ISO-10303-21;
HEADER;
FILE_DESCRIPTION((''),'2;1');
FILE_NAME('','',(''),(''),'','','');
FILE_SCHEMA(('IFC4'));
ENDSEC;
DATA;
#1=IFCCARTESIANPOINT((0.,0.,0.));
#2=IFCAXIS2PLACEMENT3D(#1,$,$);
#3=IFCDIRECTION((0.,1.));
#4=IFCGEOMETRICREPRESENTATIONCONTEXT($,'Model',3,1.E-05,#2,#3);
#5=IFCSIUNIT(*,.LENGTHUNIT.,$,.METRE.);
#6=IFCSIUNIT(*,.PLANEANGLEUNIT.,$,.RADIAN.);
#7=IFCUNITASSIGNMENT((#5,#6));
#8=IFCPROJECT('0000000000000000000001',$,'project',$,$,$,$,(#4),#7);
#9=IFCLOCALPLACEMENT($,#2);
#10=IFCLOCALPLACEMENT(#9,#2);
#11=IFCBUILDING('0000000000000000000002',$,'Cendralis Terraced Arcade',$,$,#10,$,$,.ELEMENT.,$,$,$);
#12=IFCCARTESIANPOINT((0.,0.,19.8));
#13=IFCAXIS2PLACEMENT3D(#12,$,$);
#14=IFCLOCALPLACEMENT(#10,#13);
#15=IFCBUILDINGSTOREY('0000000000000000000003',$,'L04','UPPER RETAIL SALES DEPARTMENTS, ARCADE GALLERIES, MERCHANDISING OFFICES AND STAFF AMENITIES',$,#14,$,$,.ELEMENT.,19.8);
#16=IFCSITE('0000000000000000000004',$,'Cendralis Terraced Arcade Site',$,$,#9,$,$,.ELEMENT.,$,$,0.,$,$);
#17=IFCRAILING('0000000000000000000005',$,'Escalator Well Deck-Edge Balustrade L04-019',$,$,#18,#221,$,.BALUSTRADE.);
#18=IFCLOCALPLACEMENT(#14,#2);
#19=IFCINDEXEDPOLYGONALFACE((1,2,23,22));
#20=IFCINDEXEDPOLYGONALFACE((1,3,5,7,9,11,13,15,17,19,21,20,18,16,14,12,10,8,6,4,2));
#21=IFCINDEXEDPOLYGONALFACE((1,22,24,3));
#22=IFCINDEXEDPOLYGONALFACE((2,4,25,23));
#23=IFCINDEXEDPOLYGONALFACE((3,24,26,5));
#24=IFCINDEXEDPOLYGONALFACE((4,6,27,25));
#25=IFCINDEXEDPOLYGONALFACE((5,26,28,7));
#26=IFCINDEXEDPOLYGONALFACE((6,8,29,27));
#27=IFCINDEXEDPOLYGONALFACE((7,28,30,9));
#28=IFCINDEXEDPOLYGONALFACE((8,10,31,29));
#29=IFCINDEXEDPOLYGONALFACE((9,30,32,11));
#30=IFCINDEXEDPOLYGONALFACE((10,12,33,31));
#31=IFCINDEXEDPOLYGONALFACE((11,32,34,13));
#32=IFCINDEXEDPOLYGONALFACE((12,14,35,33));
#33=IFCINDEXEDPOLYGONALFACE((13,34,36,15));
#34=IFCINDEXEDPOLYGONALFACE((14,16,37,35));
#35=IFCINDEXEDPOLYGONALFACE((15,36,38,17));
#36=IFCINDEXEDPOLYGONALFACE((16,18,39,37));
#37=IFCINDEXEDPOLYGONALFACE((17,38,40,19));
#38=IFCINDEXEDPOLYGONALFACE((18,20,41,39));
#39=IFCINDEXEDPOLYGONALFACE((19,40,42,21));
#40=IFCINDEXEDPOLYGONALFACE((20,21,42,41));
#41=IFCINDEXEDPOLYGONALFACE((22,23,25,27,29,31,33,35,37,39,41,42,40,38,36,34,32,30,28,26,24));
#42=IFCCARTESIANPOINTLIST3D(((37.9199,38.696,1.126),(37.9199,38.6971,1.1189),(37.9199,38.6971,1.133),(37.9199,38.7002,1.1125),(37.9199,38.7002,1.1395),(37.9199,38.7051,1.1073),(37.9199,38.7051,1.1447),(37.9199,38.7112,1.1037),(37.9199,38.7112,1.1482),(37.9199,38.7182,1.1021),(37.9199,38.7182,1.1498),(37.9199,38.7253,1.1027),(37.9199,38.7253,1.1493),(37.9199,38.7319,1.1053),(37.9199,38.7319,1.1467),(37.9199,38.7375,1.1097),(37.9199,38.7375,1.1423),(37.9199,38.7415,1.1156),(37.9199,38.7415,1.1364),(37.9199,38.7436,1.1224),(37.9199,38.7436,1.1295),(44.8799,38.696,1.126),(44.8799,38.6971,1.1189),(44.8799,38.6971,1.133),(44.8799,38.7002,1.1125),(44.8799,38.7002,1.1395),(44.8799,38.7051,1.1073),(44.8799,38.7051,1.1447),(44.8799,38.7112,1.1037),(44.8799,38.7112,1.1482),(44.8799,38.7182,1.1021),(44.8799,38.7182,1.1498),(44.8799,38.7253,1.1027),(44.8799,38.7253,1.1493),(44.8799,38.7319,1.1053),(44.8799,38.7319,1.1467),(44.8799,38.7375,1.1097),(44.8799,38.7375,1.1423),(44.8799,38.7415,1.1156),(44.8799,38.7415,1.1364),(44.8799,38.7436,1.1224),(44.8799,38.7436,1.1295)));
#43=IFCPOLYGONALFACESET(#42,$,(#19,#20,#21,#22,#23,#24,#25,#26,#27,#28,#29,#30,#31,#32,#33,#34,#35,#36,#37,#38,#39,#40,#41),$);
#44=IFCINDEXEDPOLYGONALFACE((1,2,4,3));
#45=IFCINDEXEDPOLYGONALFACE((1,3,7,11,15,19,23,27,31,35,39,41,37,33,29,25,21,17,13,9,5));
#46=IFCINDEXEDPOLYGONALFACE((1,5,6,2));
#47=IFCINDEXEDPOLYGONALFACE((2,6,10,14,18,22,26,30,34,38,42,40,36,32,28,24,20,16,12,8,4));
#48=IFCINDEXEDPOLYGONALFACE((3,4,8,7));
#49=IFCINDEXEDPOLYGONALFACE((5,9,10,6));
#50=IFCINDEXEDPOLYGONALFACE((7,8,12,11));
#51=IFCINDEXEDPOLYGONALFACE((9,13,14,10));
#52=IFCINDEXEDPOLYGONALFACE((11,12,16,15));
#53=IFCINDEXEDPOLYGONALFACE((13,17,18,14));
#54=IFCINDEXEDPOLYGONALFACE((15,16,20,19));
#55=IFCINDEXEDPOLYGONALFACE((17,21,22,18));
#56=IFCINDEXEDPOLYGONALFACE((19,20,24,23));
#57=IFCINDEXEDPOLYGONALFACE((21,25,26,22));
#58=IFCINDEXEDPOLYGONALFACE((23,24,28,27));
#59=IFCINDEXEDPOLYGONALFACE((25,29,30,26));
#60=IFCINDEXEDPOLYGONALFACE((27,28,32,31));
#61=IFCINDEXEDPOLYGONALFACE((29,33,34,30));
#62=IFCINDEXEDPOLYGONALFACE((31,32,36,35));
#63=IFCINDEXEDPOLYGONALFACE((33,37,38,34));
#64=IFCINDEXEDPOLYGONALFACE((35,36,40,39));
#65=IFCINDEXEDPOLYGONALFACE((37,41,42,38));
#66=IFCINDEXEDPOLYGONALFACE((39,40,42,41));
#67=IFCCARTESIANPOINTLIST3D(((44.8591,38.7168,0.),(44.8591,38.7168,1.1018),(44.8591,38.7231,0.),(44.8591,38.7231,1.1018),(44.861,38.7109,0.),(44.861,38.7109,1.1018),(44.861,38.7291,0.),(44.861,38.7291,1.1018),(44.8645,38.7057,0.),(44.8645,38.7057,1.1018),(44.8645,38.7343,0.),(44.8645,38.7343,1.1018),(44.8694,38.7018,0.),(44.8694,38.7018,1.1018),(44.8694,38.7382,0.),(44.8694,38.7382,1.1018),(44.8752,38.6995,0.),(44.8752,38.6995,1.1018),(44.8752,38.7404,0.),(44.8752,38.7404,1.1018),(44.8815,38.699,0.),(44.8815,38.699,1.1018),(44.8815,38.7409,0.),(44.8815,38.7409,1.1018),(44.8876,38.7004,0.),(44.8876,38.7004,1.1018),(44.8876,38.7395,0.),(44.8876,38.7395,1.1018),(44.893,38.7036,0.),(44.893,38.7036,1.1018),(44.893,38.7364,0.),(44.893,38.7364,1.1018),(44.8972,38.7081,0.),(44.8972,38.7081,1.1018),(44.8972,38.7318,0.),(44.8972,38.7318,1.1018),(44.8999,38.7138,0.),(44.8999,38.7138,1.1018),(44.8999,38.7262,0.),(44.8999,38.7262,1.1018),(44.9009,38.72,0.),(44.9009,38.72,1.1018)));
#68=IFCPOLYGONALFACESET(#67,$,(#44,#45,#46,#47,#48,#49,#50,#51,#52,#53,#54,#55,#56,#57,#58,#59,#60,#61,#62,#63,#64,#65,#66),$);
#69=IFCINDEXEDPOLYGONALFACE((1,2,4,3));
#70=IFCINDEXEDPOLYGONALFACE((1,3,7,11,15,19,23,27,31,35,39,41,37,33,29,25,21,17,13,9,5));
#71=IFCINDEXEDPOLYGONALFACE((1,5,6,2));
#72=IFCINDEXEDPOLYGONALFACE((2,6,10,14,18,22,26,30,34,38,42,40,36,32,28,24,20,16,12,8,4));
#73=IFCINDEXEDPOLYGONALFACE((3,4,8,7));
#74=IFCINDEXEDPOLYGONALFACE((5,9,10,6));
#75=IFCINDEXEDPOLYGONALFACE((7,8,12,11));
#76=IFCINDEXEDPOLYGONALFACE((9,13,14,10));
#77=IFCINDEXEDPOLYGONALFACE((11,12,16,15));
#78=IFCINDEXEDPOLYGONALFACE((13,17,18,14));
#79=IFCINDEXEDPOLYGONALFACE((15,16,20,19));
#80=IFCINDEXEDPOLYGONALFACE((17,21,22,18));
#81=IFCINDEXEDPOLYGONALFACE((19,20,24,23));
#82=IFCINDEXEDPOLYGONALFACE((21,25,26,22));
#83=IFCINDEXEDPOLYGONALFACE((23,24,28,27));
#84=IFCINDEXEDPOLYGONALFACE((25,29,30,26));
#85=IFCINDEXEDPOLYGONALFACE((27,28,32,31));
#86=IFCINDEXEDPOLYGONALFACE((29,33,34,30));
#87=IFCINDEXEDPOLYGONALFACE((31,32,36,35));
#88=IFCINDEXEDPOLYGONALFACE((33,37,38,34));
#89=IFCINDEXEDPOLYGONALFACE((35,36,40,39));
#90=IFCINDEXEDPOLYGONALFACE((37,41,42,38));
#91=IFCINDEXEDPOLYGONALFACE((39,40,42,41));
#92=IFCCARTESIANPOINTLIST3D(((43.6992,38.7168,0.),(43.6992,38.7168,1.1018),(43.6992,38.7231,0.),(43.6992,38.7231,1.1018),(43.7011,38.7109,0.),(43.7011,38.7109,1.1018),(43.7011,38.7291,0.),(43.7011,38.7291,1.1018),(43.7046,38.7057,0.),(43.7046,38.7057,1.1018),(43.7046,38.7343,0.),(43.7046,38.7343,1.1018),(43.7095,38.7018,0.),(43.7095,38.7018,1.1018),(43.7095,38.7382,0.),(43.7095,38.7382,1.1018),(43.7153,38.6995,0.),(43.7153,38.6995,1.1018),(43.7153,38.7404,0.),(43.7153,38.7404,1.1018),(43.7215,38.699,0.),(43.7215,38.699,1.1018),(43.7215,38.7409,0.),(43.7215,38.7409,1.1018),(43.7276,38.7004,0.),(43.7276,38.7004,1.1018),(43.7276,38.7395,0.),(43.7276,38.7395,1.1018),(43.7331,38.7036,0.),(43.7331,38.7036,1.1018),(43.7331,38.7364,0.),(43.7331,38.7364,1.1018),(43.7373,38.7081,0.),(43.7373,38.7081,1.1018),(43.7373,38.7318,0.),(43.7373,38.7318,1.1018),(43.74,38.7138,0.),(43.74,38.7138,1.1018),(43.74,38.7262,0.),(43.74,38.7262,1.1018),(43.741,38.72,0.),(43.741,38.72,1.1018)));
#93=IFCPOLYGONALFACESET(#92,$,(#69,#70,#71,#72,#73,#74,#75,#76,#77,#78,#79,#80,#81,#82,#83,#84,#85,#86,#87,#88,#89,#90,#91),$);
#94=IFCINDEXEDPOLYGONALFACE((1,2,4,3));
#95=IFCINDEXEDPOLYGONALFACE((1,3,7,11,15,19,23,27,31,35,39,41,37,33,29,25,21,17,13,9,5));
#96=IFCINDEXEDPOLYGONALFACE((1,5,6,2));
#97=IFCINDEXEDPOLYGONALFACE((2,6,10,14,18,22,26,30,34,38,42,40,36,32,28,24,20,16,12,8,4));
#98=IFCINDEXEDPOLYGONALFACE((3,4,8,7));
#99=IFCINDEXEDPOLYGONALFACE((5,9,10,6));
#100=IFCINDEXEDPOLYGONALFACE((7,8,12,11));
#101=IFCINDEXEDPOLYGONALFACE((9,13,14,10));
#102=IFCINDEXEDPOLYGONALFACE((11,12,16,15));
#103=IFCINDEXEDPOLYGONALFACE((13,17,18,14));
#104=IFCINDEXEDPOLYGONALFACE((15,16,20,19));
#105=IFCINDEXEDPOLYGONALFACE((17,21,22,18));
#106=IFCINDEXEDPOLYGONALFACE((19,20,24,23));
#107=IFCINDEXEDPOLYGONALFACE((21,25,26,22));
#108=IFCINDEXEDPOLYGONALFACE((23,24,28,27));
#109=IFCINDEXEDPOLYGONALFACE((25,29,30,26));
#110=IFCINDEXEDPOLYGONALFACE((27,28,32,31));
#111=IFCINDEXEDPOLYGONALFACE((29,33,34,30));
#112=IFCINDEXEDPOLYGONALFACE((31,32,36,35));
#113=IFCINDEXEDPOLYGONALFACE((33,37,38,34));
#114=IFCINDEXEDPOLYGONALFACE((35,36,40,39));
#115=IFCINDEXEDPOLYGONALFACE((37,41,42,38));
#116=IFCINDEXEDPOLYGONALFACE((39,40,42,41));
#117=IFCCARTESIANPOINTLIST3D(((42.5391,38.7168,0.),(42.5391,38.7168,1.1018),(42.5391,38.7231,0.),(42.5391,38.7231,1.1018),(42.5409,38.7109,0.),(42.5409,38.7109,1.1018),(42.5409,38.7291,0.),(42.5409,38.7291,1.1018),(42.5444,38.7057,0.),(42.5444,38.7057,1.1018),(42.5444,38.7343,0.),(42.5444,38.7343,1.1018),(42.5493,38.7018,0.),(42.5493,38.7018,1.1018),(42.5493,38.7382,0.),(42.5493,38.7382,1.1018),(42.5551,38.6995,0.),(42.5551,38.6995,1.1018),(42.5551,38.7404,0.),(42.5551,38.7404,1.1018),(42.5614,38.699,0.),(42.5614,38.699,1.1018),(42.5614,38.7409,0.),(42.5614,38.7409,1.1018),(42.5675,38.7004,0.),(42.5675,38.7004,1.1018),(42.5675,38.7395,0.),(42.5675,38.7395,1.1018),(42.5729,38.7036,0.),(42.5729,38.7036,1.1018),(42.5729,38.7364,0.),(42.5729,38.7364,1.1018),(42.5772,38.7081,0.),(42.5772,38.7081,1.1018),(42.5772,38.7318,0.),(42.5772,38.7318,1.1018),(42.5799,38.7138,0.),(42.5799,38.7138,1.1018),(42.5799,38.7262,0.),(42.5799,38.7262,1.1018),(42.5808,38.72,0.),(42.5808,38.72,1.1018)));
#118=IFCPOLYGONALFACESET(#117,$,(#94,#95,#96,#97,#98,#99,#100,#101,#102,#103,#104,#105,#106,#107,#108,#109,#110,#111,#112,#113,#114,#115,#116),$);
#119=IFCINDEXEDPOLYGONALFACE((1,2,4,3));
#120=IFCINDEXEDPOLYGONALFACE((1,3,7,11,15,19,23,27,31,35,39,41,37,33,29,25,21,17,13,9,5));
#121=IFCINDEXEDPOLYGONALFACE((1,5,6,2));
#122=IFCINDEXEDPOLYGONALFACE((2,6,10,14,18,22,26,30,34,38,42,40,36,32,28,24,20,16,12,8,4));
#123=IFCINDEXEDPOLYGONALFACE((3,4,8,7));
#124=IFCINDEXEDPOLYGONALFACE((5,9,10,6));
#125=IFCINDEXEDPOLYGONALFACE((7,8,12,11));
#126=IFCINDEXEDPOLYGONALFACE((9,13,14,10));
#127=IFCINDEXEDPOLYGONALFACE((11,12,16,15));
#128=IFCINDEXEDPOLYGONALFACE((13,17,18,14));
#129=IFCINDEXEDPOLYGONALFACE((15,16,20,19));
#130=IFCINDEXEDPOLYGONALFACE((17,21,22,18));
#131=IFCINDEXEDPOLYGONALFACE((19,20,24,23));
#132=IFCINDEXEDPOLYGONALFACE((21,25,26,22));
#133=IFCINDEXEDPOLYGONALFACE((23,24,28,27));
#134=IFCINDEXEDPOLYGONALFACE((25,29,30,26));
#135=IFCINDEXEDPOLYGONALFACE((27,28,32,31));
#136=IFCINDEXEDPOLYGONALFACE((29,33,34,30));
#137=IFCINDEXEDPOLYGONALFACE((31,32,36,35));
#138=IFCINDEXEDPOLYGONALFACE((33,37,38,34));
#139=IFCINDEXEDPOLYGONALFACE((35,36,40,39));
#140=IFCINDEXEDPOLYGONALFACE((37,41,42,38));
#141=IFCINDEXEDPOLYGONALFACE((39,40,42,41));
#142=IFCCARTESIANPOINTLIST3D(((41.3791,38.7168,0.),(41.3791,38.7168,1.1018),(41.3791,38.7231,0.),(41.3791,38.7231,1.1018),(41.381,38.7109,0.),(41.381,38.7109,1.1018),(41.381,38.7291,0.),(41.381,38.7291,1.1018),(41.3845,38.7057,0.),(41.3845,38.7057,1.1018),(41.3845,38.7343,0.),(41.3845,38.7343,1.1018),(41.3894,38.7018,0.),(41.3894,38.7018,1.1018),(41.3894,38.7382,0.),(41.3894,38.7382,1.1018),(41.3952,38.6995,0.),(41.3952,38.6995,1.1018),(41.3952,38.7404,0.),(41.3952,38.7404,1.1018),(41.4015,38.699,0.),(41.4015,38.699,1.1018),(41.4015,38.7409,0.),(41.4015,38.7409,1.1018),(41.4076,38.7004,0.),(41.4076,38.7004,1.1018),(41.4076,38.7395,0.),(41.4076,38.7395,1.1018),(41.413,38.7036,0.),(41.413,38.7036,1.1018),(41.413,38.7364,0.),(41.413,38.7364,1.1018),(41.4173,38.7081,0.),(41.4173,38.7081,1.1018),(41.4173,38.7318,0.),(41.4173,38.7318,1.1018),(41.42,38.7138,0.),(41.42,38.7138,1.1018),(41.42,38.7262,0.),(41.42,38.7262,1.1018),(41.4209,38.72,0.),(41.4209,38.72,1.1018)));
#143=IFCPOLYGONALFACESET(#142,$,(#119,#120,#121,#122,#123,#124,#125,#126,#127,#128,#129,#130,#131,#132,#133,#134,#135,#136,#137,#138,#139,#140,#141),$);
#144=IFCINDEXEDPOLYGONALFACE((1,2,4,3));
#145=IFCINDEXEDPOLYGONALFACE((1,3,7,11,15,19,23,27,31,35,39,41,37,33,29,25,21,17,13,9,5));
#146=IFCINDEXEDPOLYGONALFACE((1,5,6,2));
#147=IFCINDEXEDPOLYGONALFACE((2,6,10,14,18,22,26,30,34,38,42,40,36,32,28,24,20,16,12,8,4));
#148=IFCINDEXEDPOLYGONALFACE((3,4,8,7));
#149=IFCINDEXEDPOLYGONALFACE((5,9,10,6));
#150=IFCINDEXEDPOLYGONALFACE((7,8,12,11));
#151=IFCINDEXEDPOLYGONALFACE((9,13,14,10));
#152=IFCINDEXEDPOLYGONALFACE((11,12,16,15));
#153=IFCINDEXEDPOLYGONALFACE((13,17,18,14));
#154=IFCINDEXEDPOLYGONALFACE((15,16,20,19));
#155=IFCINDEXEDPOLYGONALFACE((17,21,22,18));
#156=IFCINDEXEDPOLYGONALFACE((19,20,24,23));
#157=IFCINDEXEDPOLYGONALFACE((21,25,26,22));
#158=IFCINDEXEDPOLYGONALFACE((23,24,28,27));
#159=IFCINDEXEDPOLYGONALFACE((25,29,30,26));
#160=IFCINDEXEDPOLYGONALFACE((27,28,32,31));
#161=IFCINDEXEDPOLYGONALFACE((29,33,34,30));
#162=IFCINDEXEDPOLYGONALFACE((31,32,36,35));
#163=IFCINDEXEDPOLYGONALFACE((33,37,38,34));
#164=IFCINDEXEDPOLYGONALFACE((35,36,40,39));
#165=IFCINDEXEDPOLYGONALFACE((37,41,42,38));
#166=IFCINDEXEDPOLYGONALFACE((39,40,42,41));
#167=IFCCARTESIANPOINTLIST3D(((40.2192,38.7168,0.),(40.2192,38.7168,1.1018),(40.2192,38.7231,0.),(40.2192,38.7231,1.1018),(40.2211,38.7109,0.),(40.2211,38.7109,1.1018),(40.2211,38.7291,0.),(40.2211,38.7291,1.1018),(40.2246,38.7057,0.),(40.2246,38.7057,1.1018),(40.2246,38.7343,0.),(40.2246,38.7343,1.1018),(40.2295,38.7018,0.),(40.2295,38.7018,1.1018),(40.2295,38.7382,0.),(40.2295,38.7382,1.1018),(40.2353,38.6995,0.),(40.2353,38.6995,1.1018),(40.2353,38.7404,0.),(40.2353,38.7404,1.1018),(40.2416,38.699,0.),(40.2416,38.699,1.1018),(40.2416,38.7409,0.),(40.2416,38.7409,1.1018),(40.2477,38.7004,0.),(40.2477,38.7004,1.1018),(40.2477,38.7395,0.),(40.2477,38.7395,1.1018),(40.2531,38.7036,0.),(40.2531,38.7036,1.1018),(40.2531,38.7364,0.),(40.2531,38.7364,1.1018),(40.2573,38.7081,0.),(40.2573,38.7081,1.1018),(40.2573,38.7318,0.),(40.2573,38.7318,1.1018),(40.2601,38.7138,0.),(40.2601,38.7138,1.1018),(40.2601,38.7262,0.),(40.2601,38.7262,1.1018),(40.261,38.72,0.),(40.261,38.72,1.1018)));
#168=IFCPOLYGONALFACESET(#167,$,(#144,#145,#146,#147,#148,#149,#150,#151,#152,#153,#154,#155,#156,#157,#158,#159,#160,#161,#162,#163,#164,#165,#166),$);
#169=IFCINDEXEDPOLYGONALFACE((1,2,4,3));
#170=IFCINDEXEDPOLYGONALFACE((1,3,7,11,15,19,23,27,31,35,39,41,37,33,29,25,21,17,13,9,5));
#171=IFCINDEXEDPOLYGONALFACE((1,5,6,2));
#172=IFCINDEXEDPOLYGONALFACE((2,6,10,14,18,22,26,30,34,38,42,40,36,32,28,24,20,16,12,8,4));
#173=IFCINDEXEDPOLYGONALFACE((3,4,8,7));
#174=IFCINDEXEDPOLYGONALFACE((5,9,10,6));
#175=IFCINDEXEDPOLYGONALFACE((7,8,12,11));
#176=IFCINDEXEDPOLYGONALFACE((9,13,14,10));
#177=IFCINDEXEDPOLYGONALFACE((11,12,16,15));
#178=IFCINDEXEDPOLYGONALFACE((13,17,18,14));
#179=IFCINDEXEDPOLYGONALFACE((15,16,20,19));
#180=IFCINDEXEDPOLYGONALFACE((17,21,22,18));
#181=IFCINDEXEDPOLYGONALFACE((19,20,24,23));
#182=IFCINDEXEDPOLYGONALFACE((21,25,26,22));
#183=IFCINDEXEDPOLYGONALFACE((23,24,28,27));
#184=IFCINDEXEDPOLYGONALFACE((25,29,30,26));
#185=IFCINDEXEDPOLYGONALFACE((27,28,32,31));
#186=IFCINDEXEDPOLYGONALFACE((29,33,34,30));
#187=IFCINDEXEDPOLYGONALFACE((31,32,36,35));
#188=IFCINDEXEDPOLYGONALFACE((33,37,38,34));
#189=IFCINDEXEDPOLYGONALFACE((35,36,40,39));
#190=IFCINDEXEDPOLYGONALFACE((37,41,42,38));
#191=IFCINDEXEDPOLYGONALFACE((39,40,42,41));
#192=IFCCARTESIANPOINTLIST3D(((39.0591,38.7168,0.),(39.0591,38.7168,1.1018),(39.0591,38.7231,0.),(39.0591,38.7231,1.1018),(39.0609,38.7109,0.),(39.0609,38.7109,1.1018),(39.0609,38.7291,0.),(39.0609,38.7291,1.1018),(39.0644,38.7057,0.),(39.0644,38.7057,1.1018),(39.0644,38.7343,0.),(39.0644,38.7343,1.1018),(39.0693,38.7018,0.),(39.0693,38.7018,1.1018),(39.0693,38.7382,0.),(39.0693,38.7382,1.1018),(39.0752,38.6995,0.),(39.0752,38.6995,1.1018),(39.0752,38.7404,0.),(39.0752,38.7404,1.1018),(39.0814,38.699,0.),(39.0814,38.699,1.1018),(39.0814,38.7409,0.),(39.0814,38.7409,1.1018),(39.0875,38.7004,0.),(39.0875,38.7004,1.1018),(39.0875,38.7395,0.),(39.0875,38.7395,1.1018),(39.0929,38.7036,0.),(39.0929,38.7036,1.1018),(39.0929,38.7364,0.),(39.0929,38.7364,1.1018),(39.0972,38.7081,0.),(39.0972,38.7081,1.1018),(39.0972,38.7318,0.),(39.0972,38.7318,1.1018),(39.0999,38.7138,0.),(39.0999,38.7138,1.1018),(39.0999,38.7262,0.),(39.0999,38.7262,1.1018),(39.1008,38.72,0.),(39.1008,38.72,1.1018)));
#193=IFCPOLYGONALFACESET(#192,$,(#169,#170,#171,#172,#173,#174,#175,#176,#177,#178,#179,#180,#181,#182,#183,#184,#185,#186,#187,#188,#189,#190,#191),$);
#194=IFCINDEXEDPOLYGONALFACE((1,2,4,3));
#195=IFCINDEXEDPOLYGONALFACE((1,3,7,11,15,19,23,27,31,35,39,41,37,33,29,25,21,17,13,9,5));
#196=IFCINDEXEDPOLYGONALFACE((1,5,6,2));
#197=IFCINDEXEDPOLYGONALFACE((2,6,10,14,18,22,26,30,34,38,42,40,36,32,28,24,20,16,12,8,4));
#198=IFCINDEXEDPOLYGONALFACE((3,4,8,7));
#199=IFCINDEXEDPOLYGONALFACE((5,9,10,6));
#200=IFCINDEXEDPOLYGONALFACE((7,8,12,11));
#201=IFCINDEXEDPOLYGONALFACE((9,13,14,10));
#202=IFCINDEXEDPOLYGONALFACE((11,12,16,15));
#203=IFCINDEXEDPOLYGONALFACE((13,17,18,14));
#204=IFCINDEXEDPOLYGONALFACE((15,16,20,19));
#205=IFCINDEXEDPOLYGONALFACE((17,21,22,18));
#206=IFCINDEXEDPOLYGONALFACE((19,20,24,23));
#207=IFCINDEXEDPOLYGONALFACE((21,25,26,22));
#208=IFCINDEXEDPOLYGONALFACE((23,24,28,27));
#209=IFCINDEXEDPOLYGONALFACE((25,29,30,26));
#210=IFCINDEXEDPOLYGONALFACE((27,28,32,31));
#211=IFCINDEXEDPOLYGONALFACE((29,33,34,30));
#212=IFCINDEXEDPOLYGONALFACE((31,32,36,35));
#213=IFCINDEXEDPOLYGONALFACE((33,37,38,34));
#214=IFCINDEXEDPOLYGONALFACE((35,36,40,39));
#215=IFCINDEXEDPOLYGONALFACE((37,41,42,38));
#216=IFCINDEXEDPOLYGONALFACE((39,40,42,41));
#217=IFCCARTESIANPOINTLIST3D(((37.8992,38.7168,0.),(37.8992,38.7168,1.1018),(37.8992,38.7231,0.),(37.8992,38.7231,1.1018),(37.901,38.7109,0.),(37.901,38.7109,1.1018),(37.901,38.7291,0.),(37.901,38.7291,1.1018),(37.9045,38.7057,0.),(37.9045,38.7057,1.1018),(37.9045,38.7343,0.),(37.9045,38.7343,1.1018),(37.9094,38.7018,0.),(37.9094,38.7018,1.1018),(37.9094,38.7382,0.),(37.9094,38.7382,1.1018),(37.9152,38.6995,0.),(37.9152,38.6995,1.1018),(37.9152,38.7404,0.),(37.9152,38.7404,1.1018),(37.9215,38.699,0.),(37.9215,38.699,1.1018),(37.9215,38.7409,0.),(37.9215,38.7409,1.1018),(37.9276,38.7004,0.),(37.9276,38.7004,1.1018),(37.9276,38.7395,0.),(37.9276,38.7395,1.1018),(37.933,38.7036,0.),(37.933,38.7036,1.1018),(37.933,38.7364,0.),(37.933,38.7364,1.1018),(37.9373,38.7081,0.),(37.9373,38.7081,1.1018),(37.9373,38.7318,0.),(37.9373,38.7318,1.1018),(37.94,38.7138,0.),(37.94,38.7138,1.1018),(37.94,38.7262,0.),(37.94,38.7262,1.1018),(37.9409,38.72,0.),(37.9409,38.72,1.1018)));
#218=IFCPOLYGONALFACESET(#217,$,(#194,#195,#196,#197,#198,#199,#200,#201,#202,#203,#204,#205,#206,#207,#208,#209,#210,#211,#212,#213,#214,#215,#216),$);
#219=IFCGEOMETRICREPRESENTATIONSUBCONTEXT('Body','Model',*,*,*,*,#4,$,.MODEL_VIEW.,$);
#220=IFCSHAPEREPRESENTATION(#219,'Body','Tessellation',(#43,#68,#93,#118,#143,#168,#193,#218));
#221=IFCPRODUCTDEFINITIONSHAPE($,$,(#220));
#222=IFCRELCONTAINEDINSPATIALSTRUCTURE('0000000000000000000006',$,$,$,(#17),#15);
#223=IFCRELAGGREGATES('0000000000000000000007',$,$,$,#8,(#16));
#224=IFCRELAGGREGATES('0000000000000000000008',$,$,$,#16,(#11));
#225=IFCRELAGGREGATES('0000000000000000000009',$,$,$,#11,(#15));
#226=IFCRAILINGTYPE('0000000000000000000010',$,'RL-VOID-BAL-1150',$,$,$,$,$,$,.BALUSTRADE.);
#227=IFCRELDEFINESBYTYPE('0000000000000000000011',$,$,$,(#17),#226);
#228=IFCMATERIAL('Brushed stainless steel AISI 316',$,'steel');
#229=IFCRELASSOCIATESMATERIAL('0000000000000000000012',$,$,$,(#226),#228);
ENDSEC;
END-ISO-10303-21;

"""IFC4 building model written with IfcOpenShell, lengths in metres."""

from ifc_helpers import new_model, si_unit, direction, frame, origin, origin_2d, place, context, subcontext, project, spatial, circle, extrude, material, type_object, element, save


model = new_model("IFC4")

# Units and contexts
model_context = context("Model", 3, precision=1e-05, world=origin(), true_north=direction((0.0, 1.0)))
body_context = subcontext(model_context, "Body", "Model", "MODEL_VIEW")
ifc_project = project(units=[si_unit("LENGTHUNIT", "METRE"), si_unit("PLANEANGLEUNIT", "RADIAN")], contexts=[model_context])

# Site, building, storey
site_placement = place(None, origin())
site = spatial("IfcSite", under=ifc_project, at=site_placement, Name="Cendralis Terraced Arcade Site", CompositionType="ELEMENT", RefElevation=0.0)
building_placement = place(site_placement, origin())
building = spatial("IfcBuilding", under=site, at=building_placement, Name="Cendralis Terraced Arcade", CompositionType="ELEMENT")
storey_placement = place(building_placement, frame((0.0, 0.0, 19.8)))
storey = spatial("IfcBuildingStorey", under=building, at=storey_placement, Name="L04", Description="UPPER RETAIL SALES DEPARTMENTS, ARCADE GALLERIES, MERCHANDISING OFFICES AND STAFF AMENITIES", CompositionType="ELEMENT", Elevation=19.8)

# Railing
ifc_material_1 = material(Name="Brushed stainless steel AISI 316", Category="steel")
railing_type_1 = type_object("IfcRailingType", Name="RL-VOID-BAL-1150", PredefinedType="BALUSTRADE", material=ifc_material_1)
railing_1_placement = place(storey_placement, frame((44.8799, 38.72, 0.0)))
element("IfcRailing", 1, at=railing_1_placement, inside=storey, type_object=railing_type_1, Name="Escalator Well Deck-Edge Balustrade L04-019", PredefinedType="BALUSTRADE", context=body_context, shape_type="SweptSolid", body=[
    extrude(circle(Radius=0.0239, at=origin_2d()), frame((0.0, 0.0, 1.126), z_axis=(-1.0, 0.0, 0.0), x_axis=(0.0, -1.0, 0.0)), (0.0, 0.0, 1.0), 6.96),
    extrude(circle(Radius=0.021, at=origin_2d()), origin(), (0.0, 0.0, 1.0), 1.1018),
    extrude(circle(Radius=0.021, at=origin_2d()), frame((-1.1599, 0.0, 0.0)), (0.0, 0.0, 1.0), 1.1018),
    extrude(circle(Radius=0.021, at=origin_2d()), frame((-2.3201, 0.0, 0.0)), (0.0, 0.0, 1.0), 1.1018),
    extrude(circle(Radius=0.021, at=origin_2d()), frame((-3.48, 0.0, 0.0)), (0.0, 0.0, 1.0), 1.1018),
    extrude(circle(Radius=0.021, at=origin_2d()), frame((-4.6399, 0.0, 0.0)), (0.0, 0.0, 1.0), 1.1018),
    extrude(circle(Radius=0.021, at=origin_2d()), frame((-5.8, 0.0, 0.0)), (0.0, 0.0, 1.0), 1.1018),
    extrude(circle(Radius=0.021, at=origin_2d()), frame((-6.96, 0.0, 0.0)), (0.0, 0.0, 1.0), 1.1018),
])

save(model, "model.ifc")
